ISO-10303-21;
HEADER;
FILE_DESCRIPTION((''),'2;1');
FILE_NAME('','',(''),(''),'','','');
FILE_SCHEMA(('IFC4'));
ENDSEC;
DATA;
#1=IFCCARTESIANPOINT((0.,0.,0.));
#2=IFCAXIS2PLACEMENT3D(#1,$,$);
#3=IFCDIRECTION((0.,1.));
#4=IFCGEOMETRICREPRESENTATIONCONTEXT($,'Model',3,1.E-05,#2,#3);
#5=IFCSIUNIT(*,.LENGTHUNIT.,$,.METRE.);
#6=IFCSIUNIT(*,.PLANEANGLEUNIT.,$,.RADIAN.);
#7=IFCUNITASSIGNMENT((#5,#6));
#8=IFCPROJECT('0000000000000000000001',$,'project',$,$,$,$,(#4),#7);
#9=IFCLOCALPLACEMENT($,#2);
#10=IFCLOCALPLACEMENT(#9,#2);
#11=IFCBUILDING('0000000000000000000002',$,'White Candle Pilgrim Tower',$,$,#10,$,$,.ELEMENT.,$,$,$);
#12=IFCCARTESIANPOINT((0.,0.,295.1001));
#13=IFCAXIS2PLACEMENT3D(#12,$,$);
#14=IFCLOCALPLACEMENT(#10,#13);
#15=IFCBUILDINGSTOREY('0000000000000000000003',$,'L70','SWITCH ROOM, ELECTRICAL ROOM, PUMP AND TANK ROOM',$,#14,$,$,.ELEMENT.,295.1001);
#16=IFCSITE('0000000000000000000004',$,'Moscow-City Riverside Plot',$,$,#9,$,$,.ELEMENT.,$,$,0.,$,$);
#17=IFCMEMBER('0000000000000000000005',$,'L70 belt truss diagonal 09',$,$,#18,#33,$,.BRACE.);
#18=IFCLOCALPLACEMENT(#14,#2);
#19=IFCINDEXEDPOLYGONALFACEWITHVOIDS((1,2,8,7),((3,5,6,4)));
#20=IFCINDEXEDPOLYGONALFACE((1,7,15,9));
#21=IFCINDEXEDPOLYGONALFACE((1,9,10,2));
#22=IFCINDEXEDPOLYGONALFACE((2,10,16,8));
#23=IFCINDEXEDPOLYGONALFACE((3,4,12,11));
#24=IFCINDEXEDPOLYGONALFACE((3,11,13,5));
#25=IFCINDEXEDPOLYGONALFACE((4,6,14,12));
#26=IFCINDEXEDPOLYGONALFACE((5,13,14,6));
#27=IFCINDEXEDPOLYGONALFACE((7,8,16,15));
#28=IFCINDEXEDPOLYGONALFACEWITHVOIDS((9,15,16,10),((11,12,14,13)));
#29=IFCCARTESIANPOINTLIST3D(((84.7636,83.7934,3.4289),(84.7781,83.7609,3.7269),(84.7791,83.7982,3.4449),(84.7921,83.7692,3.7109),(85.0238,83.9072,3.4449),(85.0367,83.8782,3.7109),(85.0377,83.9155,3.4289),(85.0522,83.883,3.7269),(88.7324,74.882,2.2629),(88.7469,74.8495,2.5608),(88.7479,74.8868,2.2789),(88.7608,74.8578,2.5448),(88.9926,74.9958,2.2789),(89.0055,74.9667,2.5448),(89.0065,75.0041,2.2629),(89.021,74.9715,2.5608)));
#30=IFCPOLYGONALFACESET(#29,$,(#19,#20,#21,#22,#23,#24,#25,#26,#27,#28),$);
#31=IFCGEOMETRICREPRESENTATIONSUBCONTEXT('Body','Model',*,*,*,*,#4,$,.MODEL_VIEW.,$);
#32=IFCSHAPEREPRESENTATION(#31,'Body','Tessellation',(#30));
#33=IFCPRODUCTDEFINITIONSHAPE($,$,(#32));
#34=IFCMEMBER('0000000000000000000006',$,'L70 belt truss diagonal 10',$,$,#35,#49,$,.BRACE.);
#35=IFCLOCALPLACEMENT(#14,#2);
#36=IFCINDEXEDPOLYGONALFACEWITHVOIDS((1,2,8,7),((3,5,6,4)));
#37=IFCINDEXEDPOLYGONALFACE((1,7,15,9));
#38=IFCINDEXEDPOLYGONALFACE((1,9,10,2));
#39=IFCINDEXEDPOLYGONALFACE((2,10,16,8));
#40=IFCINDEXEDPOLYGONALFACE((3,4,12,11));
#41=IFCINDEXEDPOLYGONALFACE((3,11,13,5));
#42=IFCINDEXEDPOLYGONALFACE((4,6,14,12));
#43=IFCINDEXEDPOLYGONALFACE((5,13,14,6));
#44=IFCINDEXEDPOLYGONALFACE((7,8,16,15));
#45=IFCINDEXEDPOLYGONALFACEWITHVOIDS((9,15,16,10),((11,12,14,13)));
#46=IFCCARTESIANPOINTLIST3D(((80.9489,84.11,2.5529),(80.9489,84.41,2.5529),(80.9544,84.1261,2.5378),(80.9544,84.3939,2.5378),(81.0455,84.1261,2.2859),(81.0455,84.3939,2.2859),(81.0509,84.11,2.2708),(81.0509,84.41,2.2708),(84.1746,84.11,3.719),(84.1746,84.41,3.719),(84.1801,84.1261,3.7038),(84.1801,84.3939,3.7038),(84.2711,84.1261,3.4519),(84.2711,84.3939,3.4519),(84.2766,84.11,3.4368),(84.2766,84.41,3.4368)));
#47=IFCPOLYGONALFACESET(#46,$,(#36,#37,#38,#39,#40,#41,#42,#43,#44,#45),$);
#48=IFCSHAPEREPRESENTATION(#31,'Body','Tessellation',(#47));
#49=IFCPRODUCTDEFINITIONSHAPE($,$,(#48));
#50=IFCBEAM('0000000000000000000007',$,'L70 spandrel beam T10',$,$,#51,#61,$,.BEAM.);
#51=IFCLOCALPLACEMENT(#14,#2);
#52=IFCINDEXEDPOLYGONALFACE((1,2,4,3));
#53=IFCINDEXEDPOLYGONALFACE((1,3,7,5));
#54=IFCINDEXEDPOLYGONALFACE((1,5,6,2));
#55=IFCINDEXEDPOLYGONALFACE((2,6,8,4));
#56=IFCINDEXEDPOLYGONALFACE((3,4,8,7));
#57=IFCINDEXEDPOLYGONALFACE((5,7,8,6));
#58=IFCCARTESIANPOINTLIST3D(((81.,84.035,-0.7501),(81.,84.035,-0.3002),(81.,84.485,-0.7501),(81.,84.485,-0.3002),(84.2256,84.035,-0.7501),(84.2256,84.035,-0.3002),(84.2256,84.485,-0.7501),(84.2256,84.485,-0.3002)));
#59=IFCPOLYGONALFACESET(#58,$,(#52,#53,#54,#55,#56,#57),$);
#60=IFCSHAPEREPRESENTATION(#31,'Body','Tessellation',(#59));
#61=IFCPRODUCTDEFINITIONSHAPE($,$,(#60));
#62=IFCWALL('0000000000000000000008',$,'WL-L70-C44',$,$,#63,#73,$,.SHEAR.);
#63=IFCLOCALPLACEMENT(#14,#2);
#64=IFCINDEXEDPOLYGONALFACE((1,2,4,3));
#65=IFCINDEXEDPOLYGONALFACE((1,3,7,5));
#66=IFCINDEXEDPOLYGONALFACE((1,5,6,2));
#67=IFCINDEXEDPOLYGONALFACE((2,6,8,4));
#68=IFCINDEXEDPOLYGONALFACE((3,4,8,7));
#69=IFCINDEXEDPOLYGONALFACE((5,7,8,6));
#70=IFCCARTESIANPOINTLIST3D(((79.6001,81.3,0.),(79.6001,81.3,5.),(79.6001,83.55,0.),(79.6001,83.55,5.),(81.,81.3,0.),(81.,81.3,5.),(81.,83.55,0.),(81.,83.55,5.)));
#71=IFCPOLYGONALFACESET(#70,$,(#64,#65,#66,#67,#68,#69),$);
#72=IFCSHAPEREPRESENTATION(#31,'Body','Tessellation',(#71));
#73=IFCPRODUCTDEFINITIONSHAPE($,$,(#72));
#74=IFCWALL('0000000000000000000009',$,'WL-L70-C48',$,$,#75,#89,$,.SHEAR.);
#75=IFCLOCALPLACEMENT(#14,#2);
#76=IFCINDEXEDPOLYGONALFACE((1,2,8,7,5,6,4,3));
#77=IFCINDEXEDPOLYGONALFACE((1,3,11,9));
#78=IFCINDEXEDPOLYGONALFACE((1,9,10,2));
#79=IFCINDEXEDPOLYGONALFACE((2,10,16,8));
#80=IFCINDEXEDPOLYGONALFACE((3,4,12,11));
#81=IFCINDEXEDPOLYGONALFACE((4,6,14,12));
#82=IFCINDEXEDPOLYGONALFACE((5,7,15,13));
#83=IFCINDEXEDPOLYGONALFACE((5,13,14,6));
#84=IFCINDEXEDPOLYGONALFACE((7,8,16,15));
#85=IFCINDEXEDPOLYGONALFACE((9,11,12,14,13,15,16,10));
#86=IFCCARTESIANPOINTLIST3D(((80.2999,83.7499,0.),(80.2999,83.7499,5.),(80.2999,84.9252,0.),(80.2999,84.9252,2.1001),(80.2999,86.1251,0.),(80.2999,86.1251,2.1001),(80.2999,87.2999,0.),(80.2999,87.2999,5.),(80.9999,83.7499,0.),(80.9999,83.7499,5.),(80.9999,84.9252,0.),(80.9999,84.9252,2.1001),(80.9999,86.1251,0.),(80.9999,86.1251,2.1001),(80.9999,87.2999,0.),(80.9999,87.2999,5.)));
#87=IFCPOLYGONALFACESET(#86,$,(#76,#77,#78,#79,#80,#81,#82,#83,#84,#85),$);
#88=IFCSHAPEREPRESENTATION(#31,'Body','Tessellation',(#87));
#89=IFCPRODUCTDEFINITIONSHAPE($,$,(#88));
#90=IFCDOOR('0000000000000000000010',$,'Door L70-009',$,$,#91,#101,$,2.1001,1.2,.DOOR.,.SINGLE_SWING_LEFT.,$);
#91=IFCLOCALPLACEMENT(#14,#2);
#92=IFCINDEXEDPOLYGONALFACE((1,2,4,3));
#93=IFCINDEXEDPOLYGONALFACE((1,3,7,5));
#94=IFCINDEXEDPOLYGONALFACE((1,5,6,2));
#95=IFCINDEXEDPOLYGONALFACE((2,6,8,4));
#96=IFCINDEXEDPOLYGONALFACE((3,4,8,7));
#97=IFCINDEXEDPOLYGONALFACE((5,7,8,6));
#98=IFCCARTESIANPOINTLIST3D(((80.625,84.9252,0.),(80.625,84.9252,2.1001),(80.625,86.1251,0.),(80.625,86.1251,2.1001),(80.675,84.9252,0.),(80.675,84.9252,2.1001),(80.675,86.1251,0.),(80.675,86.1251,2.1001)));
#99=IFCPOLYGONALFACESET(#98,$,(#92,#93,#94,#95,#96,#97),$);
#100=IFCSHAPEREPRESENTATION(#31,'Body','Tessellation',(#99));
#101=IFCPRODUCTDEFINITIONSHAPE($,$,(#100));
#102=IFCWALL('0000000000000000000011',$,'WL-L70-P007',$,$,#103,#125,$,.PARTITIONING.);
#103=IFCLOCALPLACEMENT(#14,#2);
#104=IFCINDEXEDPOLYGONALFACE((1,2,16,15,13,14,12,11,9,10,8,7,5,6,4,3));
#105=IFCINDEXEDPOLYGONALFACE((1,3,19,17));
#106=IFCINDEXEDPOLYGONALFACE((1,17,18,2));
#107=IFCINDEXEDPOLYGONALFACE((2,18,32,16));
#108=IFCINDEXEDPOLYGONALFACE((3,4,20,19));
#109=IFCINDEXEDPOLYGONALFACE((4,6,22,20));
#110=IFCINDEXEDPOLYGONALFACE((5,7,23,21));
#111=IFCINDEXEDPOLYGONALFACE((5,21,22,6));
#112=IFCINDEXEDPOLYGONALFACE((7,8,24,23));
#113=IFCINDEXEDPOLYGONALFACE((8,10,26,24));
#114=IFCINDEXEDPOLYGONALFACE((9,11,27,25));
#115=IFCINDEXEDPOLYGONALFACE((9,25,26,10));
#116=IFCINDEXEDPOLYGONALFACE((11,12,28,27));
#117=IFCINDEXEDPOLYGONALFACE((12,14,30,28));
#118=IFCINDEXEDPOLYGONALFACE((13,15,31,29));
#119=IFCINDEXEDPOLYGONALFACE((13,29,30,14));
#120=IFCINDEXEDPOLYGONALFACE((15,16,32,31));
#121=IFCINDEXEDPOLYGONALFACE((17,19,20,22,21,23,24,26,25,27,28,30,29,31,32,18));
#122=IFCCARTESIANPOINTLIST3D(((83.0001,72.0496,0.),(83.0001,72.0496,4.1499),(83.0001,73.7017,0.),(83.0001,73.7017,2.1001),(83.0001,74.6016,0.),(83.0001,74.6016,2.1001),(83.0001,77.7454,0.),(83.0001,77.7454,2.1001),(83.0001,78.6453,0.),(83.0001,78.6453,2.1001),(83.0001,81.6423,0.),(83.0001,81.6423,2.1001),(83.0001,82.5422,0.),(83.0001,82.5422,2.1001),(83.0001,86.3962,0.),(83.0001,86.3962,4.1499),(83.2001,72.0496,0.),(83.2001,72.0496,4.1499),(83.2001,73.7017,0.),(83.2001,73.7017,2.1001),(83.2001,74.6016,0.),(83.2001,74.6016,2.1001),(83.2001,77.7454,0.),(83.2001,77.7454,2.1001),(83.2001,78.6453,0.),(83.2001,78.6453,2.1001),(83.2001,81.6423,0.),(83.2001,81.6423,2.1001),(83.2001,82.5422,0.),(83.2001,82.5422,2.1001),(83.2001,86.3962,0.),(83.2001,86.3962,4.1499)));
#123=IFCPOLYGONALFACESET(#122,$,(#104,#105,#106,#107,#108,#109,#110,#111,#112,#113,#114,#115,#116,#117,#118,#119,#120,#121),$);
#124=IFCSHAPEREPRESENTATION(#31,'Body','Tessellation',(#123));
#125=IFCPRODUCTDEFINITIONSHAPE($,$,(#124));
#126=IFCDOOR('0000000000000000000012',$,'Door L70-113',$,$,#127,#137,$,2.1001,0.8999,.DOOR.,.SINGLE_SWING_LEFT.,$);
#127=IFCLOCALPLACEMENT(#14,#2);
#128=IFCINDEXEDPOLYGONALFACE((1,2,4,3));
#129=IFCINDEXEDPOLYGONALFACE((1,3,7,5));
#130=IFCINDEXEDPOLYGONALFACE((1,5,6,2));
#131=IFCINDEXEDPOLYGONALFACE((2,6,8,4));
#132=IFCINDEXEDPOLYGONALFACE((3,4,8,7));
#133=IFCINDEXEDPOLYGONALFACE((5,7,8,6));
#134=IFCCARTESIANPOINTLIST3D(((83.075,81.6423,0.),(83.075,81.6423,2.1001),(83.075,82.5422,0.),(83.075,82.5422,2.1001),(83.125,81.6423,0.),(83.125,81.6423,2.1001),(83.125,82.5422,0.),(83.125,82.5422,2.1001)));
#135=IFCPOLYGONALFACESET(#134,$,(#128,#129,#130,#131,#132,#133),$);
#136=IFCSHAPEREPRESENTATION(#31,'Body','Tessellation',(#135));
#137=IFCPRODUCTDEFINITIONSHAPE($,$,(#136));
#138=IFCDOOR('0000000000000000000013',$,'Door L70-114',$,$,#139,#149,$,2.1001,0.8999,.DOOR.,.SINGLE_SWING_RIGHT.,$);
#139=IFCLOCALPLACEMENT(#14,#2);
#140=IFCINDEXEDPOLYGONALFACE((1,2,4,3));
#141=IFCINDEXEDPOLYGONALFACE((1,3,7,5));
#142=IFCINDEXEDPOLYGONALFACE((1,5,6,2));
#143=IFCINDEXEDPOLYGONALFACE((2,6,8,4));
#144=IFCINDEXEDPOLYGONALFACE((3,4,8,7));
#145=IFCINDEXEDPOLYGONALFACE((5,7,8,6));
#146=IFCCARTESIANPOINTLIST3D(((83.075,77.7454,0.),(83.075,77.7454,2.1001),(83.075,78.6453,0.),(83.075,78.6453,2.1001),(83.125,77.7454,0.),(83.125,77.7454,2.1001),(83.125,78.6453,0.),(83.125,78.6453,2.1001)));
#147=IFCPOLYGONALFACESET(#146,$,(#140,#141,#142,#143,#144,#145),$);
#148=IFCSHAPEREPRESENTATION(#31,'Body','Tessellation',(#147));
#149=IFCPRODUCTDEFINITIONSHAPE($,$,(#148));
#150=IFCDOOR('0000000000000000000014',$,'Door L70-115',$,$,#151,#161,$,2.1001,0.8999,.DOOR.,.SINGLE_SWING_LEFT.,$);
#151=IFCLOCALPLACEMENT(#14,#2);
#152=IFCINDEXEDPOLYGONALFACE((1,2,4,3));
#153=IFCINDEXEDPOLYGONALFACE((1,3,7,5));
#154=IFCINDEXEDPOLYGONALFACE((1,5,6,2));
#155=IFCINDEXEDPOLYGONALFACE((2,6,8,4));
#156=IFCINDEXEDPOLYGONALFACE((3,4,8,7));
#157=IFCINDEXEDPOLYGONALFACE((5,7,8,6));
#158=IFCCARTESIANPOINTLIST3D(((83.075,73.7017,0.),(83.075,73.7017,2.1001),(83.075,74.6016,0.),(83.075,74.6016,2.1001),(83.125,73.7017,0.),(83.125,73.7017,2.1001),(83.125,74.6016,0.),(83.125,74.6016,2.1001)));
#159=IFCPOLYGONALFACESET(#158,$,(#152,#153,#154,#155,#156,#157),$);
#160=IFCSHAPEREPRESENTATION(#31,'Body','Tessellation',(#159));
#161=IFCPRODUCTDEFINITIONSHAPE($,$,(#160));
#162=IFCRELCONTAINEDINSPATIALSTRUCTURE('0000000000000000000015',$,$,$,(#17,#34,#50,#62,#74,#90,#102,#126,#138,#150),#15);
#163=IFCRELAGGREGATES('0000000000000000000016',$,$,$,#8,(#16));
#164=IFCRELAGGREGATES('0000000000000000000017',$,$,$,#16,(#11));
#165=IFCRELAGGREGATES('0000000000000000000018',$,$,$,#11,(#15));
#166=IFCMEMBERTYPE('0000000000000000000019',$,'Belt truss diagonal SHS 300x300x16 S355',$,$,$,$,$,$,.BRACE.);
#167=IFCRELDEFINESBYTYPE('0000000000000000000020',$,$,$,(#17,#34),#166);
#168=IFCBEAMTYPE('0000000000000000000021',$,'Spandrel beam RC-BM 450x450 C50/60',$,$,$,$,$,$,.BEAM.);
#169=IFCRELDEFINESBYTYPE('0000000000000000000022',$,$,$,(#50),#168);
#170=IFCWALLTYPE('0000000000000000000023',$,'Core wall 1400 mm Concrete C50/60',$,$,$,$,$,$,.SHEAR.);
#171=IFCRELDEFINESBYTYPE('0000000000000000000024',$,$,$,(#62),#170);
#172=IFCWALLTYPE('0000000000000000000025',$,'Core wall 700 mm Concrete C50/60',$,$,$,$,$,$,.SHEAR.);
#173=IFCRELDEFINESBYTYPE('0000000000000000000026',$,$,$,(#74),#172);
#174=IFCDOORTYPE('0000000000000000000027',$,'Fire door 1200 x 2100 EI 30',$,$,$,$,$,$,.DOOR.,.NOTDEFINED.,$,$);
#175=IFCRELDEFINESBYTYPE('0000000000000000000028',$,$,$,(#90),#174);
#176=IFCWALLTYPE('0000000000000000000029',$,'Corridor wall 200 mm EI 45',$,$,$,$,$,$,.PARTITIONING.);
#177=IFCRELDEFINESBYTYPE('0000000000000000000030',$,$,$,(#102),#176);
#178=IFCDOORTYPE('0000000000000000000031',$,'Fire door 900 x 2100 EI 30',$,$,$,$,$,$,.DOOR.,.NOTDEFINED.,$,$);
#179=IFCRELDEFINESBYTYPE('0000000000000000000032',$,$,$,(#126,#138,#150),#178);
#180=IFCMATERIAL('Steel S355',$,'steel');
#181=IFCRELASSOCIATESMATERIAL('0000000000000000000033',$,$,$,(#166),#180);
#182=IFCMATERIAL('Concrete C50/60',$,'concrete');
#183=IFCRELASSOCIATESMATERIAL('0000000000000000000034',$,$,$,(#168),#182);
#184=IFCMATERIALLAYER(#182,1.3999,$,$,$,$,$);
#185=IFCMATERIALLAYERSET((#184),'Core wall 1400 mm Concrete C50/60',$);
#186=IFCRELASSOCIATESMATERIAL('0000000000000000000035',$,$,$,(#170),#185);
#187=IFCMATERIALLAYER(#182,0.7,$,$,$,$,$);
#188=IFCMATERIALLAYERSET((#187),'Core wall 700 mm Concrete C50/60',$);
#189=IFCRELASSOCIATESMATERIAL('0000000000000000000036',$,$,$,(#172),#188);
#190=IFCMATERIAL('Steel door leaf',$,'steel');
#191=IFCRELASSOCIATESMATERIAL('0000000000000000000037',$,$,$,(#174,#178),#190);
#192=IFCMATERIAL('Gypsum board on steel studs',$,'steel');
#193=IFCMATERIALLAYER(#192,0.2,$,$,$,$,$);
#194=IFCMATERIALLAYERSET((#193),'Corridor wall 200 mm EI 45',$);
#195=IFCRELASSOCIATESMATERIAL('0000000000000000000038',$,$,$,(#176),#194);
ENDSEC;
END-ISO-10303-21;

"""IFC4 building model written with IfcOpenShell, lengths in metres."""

from ifc_helpers import new_model, si_unit, direction, frame, frame_2d, origin, origin_2d, place, context, subcontext, project, spatial, rectangle, hollow_rectangle, extrude, material, layer, layer_set, material_profile, profile_set, type_object, element, fill, save


model = new_model("IFC4")

# Units and contexts
model_context = context("Model", 3, precision=1e-05, world=origin(), true_north=direction((0.0, 1.0)))
body_context = subcontext(model_context, "Body", "Model", "MODEL_VIEW")
ifc_project = project(units=[si_unit("LENGTHUNIT", "METRE"), si_unit("PLANEANGLEUNIT", "RADIAN")], contexts=[model_context])

# Site, building, storey
site_placement = place(None, origin())
site = spatial("IfcSite", under=ifc_project, at=site_placement, Name="Moscow-City Riverside Plot", CompositionType="ELEMENT", RefElevation=0.0)
building_placement = place(site_placement, origin())
building = spatial("IfcBuilding", under=site, at=building_placement, Name="White Candle Pilgrim Tower", CompositionType="ELEMENT")
storey_placement = place(building_placement, frame((0.0, 0.0, 295.1001)))
storey = spatial("IfcBuildingStorey", under=building, at=storey_placement, Name="L70", Description="SWITCH ROOM, ELECTRICAL ROOM, PUMP AND TANK ROOM", CompositionType="ELEMENT", Elevation=295.1001)

# Shared definitions
ifc_material_1 = material(Name="Steel S355", Category="steel")

# Members
ifc_material_profile_1 = material_profile(ifc_material_1, hollow_rectangle(XDim=0.3, YDim=0.3, WallThickness=0.0161, at=origin_2d()), Name="SHS 300x300x16")
ifc_profile_set_1 = profile_set([ifc_material_profile_1], Name="Steel S355")
member_type_1 = type_object("IfcMemberType", Name="Belt truss diagonal SHS 300x300x16 S355", PredefinedType="BRACE", material=ifc_profile_set_1)
member_1_placement = place(storey_placement, frame((88.8767, 74.9268, 2.4119), z_axis=(-0.40396, 0.907045, 0.118683), x_axis=(-0.913502, -0.406835, 0.0)))
element("IfcMember", 1, at=member_1_placement, inside=storey, type_object=member_type_1, Name="L70 belt truss diagonal 09", PredefinedType="BRACE", context=body_context, shape_type="SweptSolid", body=[
    extrude(hollow_rectangle(XDim=0.3, YDim=0.3, WallThickness=0.0161, at=origin_2d()), origin(), (0.0, 0.0, 1.0), 9.8247),
])
member_2_placement = place(storey_placement, frame((84.2256, 84.26, 3.5779), z_axis=(-0.94044, 0.0, -0.339959), x_axis=(0.0, -1.0, 0.0)))
element("IfcMember", 2, at=member_2_placement, inside=storey, type_object=member_type_1, Name="L70 belt truss diagonal 10", PredefinedType="BRACE", context=body_context, shape_type="SweptSolid", body=[
    extrude(hollow_rectangle(XDim=0.3, YDim=0.3, WallThickness=0.0161, at=origin_2d()), origin(), (0.0, 0.0, 1.0), 3.4299),
])

# Beam
ifc_material_2 = material(Name="Concrete C50/60", Category="concrete")
ifc_material_profile_2 = material_profile(ifc_material_2, rectangle(XDim=0.45, YDim=0.45, at=origin_2d()), Name="RC-BM 450x450")
ifc_profile_set_2 = profile_set([ifc_material_profile_2], Name="Concrete C50/60")
beam_type = type_object("IfcBeamType", Name="Spandrel beam RC-BM 450x450 C50/60", PredefinedType="BEAM", material=ifc_profile_set_2)
beam_placement = place(storey_placement, frame((84.2256, 84.26, -0.5251), z_axis=(-1.0, 0.0, 0.0), x_axis=(0.0, -1.0, 0.0)))
element("IfcBeam", 3, at=beam_placement, inside=storey, type_object=beam_type, Name="L70 spandrel beam T10", PredefinedType="BEAM", context=body_context, shape_type="SweptSolid", body=[
    extrude(rectangle(XDim=0.45, YDim=0.45, at=origin_2d()), origin(), (0.0, 0.0, 1.0), 3.2256),
])

# Wall
ifc_layer_1 = layer(ifc_material_2, 1.3999)
ifc_layer_set_1 = layer_set([ifc_layer_1], Name="Core wall 1400 mm Concrete C50/60")
wall_type_1 = type_object("IfcWallType", Name="Core wall 1400 mm Concrete C50/60", PredefinedType="SHEAR", material=ifc_layer_set_1)
wall_1_placement = place(storey_placement, frame((80.3, 81.3, 0.0), z_axis=(0.0, 0.0, 1.0), x_axis=(0.0, 1.0, 0.0)))
element("IfcWall", 4, at=wall_1_placement, inside=storey, type_object=wall_type_1, Name="WL-L70-C44", PredefinedType="SHEAR", context=body_context, shape_type="SweptSolid", body=[
    extrude(rectangle(XDim=2.25, YDim=1.3999, at=frame_2d((1.125, 0.0))), origin(), (0.0, 0.0, 1.0), 5.0),
])

# Wall, opening, door
ifc_layer_2 = layer(ifc_material_2, 0.7)
ifc_layer_set_2 = layer_set([ifc_layer_2], Name="Core wall 700 mm Concrete C50/60")
wall_type_2 = type_object("IfcWallType", Name="Core wall 700 mm Concrete C50/60", PredefinedType="SHEAR", material=ifc_layer_set_2)
wall_2_placement = place(storey_placement, frame((80.6499, 83.75, 0.0), z_axis=(0.0, 0.0, 1.0), x_axis=(0.0, 1.0, 0.0)))
wall_2 = element("IfcWall", 5, at=wall_2_placement, inside=storey, type_object=wall_type_2, Name="WL-L70-C48", PredefinedType="SHEAR", context=body_context, shape_type="SweptSolid", body=[
    extrude(rectangle(XDim=3.55, YDim=0.7, at=frame_2d((1.7749, 0.0))), origin(), (0.0, 0.0, 1.0), 5.0),
])
opening_1_placement = place(wall_2_placement, frame((1.175, 0.0, 0.0)))
opening_1 = element("IfcOpeningElement", 6, at=opening_1_placement, cuts=wall_2, PredefinedType="OPENING", context=body_context, shape_type="SweptSolid", body=[
    extrude(rectangle(XDim=1.2, YDim=2.1001, at=frame_2d((0.6001, 1.05))), frame((0.0, 0.3599, 0.0), z_axis=(0.0, -1.0, 0.0), x_axis=(1.0, 0.0, 0.0)), (0.0, 0.0, 1.0), 0.72),
])
ifc_material_3 = material(Name="Steel door leaf", Category="steel")
door_type_1 = type_object("IfcDoorType", Name="Fire door 1200 x 2100 EI 30", OperationType="NOTDEFINED", PredefinedType="DOOR", material=ifc_material_3)
door_1_placement = place(opening_1_placement, origin())
door_1 = element("IfcDoor", 7, at=door_1_placement, inside=storey, type_object=door_type_1, Name="Door L70-009", OperationType="SINGLE_SWING_LEFT", OverallHeight=2.1001, OverallWidth=1.2, PredefinedType="DOOR", context=body_context, shape_type="SweptSolid", body=[
    extrude(rectangle(XDim=1.2, YDim=2.1001, at=frame_2d((0.6001, 1.05))), frame((0.0, 0.0249, 0.0), z_axis=(0.0, -1.0, 0.0), x_axis=(1.0, 0.0, 0.0)), (0.0, 0.0, 1.0), 0.05),
])
fill(opening_1, door_1)

# Wall, openings, doors
ifc_material_4 = material(Name="Gypsum board on steel studs", Category="steel")
ifc_layer_3 = layer(ifc_material_4, 0.2)
ifc_layer_set_3 = layer_set([ifc_layer_3], Name="Corridor wall 200 mm EI 45")
wall_type_3 = type_object("IfcWallType", Name="Corridor wall 200 mm EI 45", PredefinedType="PARTITIONING", material=ifc_layer_set_3)
wall_3_placement = place(storey_placement, frame((83.1001, 86.3962, 0.0), z_axis=(0.0, 0.0, 1.0), x_axis=(0.0, -1.0, 0.0)))
wall_3 = element("IfcWall", 8, at=wall_3_placement, inside=storey, type_object=wall_type_3, Name="WL-L70-P007", PredefinedType="PARTITIONING", context=body_context, shape_type="SweptSolid", body=[
    extrude(rectangle(XDim=14.3467, YDim=0.2, at=frame_2d((7.1733, 0.0))), origin(), (0.0, 0.0, 1.0), 4.1499),
])
opening_2_placement = place(wall_3_placement, frame((3.854, 0.0, 0.0)))
opening_2 = element("IfcOpeningElement", 9, at=opening_2_placement, cuts=wall_3, PredefinedType="OPENING", context=body_context, shape_type="SweptSolid", body=[
    extrude(rectangle(XDim=0.8999, YDim=2.1001, at=frame_2d((0.45, 1.05))), frame((0.0, 0.1099, 0.0), z_axis=(0.0, -1.0, 0.0), x_axis=(1.0, 0.0, 0.0)), (0.0, 0.0, 1.0), 0.22),
])
opening_3_placement = place(wall_3_placement, frame((7.751, 0.0, 0.0)))
opening_3 = element("IfcOpeningElement", 10, at=opening_3_placement, cuts=wall_3, PredefinedType="OPENING", context=body_context, shape_type="SweptSolid", body=[
    extrude(rectangle(XDim=0.8999, YDim=2.1001, at=frame_2d((0.45, 1.05))), frame((0.0, 0.1099, 0.0), z_axis=(0.0, -1.0, 0.0), x_axis=(1.0, 0.0, 0.0)), (0.0, 0.0, 1.0), 0.22),
])
opening_4_placement = place(wall_3_placement, frame((11.7947, 0.0, 0.0)))
opening_4 = element("IfcOpeningElement", 11, at=opening_4_placement, cuts=wall_3, PredefinedType="OPENING", context=body_context, shape_type="SweptSolid", body=[
    extrude(rectangle(XDim=0.8999, YDim=2.1001, at=frame_2d((0.45, 1.05))), frame((0.0, 0.1099, 0.0), z_axis=(0.0, -1.0, 0.0), x_axis=(1.0, 0.0, 0.0)), (0.0, 0.0, 1.0), 0.22),
])
door_type_2 = type_object("IfcDoorType", Name="Fire door 900 x 2100 EI 30", OperationType="NOTDEFINED", PredefinedType="DOOR", material=ifc_material_3)
door_2_placement = place(opening_2_placement, origin())
door_2 = element("IfcDoor", 12, at=door_2_placement, inside=storey, type_object=door_type_2, Name="Door L70-113", OperationType="SINGLE_SWING_LEFT", OverallHeight=2.1001, OverallWidth=0.8999, PredefinedType="DOOR", context=body_context, shape_type="SweptSolid", body=[
    extrude(rectangle(XDim=0.8999, YDim=2.1001, at=frame_2d((0.45, 1.05))), frame((0.0, 0.0249, 0.0), z_axis=(0.0, -1.0, 0.0), x_axis=(1.0, 0.0, 0.0)), (0.0, 0.0, 1.0), 0.05),
])
fill(opening_2, door_2)
door_3_placement = place(opening_3_placement, origin())
door_3 = element("IfcDoor", 13, at=door_3_placement, inside=storey, type_object=door_type_2, Name="Door L70-114", OperationType="SINGLE_SWING_RIGHT", OverallHeight=2.1001, OverallWidth=0.8999, PredefinedType="DOOR", context=body_context, shape_type="SweptSolid", body=[
    extrude(rectangle(XDim=0.8999, YDim=2.1001, at=frame_2d((0.45, 1.05))), frame((0.0, 0.0249, 0.0), z_axis=(0.0, -1.0, 0.0), x_axis=(1.0, 0.0, 0.0)), (0.0, 0.0, 1.0), 0.05),
])
fill(opening_3, door_3)
door_4_placement = place(opening_4_placement, origin())
door_4 = element("IfcDoor", 14, at=door_4_placement, inside=storey, type_object=door_type_2, Name="Door L70-115", OperationType="SINGLE_SWING_LEFT", OverallHeight=2.1001, OverallWidth=0.8999, PredefinedType="DOOR", context=body_context, shape_type="SweptSolid", body=[
    extrude(rectangle(XDim=0.8999, YDim=2.1001, at=frame_2d((0.45, 1.05))), frame((0.0, 0.0249, 0.0), z_axis=(0.0, -1.0, 0.0), x_axis=(1.0, 0.0, 0.0)), (0.0, 0.0, 1.0), 0.05),
])
fill(opening_4, door_4)

save(model, "model.ifc")
